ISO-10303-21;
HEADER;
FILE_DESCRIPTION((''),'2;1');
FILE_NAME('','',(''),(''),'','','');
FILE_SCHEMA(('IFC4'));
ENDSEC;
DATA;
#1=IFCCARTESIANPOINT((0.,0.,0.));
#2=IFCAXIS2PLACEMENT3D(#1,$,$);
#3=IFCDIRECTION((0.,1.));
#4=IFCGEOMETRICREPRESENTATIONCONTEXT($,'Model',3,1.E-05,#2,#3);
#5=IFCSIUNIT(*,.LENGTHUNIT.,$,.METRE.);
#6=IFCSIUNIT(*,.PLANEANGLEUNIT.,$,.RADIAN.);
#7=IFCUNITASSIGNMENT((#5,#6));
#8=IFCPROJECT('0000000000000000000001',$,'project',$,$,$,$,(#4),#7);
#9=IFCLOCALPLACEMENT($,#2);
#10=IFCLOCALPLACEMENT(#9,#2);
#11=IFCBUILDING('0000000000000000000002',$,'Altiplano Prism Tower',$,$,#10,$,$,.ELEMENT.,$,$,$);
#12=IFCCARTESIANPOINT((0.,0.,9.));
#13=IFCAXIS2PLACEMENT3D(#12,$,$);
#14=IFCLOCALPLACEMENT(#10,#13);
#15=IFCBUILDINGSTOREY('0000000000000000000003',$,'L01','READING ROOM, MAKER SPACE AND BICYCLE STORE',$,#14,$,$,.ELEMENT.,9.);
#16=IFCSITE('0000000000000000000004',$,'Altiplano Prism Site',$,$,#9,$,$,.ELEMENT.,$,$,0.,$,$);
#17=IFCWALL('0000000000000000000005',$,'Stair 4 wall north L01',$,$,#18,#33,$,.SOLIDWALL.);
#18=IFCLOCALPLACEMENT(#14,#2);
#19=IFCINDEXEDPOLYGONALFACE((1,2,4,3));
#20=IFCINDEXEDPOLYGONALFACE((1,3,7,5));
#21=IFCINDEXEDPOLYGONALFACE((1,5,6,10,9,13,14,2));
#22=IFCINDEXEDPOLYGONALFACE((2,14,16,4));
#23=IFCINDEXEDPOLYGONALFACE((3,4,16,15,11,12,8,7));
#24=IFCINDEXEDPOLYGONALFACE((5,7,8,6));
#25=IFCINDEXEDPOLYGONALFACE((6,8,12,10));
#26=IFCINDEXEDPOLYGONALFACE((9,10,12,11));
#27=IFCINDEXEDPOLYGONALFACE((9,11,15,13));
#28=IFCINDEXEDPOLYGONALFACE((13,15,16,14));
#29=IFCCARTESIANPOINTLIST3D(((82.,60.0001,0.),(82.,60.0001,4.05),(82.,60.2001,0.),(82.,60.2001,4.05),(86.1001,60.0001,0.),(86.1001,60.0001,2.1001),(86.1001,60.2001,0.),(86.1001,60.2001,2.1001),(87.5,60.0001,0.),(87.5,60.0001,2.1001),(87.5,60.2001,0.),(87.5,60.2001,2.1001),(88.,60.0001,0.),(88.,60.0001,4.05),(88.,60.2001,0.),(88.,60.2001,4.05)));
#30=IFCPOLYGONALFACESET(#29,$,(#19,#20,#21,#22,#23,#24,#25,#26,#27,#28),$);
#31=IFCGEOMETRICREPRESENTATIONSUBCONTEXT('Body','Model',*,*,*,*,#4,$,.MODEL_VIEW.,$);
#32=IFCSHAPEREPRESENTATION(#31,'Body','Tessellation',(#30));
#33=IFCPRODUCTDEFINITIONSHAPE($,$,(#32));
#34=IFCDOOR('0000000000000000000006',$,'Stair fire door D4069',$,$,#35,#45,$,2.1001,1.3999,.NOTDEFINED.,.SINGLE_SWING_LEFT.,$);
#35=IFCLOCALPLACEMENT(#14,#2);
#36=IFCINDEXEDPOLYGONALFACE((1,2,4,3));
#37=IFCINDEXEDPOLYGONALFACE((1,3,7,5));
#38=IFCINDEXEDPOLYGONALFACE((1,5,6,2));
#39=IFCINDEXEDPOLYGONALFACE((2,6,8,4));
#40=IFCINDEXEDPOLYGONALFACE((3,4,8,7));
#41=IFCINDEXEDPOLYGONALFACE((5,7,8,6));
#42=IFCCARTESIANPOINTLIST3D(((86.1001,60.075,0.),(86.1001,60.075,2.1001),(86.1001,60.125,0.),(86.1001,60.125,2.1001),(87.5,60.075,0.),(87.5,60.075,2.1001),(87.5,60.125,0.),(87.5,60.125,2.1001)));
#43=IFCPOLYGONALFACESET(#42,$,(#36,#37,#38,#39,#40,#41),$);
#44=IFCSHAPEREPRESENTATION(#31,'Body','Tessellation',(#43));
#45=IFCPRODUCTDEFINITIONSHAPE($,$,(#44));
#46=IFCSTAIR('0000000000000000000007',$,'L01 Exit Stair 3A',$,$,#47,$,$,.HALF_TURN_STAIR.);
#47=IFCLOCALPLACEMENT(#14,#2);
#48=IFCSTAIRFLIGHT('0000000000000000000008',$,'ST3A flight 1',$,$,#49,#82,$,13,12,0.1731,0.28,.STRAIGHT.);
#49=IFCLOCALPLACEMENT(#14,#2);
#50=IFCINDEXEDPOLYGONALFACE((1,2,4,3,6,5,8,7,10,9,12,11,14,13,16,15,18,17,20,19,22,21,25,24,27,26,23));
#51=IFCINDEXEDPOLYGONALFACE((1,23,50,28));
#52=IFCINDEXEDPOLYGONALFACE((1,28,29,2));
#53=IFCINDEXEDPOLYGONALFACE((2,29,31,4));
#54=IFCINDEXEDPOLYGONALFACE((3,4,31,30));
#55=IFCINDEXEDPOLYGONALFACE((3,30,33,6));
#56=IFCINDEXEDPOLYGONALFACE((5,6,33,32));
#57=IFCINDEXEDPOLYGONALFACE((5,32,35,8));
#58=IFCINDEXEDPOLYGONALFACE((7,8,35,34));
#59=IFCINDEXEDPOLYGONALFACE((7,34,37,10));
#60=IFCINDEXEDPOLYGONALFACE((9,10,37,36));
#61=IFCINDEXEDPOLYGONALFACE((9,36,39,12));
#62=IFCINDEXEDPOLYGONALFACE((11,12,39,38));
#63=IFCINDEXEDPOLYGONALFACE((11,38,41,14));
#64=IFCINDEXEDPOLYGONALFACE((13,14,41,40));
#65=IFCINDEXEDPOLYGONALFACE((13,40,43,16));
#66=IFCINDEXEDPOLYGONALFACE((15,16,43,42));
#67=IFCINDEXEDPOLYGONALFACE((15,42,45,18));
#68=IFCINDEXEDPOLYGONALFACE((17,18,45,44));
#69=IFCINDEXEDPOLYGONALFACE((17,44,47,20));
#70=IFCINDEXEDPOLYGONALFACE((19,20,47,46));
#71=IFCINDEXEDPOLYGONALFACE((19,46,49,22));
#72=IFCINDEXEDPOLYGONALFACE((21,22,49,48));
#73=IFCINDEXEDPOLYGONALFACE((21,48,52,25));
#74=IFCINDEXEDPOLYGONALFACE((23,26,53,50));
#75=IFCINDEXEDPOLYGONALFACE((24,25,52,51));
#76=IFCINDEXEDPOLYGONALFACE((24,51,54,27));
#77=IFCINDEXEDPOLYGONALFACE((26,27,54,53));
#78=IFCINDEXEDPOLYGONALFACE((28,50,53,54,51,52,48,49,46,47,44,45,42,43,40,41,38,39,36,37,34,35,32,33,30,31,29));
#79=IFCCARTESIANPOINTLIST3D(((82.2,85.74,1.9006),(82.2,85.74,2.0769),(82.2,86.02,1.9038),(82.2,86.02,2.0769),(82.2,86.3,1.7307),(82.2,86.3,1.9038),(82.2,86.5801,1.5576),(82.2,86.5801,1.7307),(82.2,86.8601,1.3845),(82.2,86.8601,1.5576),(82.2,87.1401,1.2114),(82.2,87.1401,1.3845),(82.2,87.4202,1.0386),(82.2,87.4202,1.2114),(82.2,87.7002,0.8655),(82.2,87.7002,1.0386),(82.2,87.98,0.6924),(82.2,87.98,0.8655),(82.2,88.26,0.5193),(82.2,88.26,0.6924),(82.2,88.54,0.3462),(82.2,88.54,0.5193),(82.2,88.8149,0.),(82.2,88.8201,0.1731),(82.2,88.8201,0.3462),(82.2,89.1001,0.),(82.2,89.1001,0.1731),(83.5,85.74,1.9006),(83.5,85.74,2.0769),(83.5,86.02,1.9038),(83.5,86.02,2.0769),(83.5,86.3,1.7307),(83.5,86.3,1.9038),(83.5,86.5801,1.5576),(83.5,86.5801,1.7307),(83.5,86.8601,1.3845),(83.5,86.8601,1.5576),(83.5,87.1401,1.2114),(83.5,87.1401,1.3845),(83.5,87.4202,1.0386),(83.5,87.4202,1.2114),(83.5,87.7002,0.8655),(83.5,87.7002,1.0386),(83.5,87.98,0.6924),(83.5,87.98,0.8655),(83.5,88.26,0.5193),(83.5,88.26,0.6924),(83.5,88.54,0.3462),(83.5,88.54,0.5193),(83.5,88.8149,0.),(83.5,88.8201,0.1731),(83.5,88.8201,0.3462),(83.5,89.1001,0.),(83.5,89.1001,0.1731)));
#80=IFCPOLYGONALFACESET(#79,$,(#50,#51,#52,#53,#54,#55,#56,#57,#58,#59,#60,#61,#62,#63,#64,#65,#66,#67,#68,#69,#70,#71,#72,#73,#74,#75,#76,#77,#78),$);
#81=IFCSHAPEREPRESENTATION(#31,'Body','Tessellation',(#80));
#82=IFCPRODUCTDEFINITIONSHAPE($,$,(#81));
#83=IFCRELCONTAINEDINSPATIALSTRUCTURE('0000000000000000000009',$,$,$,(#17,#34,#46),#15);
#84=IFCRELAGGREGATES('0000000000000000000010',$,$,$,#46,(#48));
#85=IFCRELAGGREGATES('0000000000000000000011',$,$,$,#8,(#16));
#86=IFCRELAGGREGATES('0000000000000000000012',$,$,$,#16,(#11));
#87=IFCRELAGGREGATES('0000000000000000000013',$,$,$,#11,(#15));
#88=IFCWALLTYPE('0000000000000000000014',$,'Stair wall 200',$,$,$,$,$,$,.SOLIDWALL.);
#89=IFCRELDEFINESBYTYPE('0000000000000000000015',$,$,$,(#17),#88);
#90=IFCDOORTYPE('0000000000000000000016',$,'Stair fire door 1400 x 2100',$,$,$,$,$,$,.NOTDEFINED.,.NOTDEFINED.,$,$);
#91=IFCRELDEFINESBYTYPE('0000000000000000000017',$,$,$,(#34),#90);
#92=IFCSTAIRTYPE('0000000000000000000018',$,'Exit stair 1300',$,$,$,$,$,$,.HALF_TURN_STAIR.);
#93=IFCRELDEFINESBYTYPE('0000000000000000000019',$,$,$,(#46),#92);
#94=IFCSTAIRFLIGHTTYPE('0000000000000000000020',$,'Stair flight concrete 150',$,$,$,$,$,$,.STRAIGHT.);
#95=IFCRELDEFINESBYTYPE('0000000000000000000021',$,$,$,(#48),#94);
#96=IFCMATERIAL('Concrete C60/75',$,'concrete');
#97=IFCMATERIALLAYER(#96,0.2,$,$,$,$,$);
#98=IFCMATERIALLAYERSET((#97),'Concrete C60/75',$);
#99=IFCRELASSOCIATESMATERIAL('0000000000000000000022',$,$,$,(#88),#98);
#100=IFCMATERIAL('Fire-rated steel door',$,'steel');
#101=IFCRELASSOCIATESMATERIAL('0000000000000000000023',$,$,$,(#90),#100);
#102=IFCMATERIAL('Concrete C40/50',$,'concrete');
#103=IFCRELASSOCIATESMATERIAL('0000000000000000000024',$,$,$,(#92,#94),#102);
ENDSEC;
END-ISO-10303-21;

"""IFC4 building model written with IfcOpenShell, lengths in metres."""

from ifc_helpers import new_model, si_unit, direction, frame, frame_2d, origin, place, context, subcontext, project, spatial, polyline, rectangle, outline, extrude, material, layer, layer_set, type_object, element, fill, aggregate, save


model = new_model("IFC4")

# Units and contexts
model_context = context("Model", 3, precision=1e-05, world=origin(), true_north=direction((0.0, 1.0)))
body_context = subcontext(model_context, "Body", "Model", "MODEL_VIEW")
ifc_project = project(units=[si_unit("LENGTHUNIT", "METRE"), si_unit("PLANEANGLEUNIT", "RADIAN")], contexts=[model_context])

# Site, building, storey
site_placement = place(None, origin())
site = spatial("IfcSite", under=ifc_project, at=site_placement, Name="Altiplano Prism Site", CompositionType="ELEMENT", RefElevation=0.0)
building_placement = place(site_placement, origin())
building = spatial("IfcBuilding", under=site, at=building_placement, Name="Altiplano Prism Tower", CompositionType="ELEMENT")
storey_placement = place(building_placement, frame((0.0, 0.0, 9.0)))
storey = spatial("IfcBuildingStorey", under=building, at=storey_placement, Name="L01", Description="READING ROOM, MAKER SPACE AND BICYCLE STORE", CompositionType="ELEMENT", Elevation=9.0)

# Shared definitions
ifc_material_1 = material(Name="Concrete C60/75", Category="concrete")

# Shared definitions
ifc_layer_1 = layer(ifc_material_1, 0.2)
ifc_layer_set_1 = layer_set([ifc_layer_1], Name="Concrete C60/75")
wall_type_1 = type_object("IfcWallType", Name="Stair wall 200", PredefinedType="SOLIDWALL", material=ifc_layer_set_1)

# Wall, opening, door
ifc_material_2 = material(Name="Fire-rated steel door", Category="steel")
wall_1_placement = place(storey_placement, frame((82.0, 60.1001, 0.0), z_axis=(0.0, 0.0, 1.0), x_axis=(1.0, 0.0, 0.0)))
wall_1 = element("IfcWall", 1, at=wall_1_placement, inside=storey, type_object=wall_type_1, Name="Stair 4 wall north L01", PredefinedType="SOLIDWALL", context=body_context, shape_type="SweptSolid", body=[
    extrude(rectangle(XDim=6.0, YDim=0.2, at=frame_2d((3.0, 0.0))), origin(), (0.0, 0.0, 1.0), 4.05),
])
opening_1_placement = place(wall_1_placement, frame((4.1001, 0.0, 0.0)))
opening_1 = element("IfcOpeningElement", 2, at=opening_1_placement, cuts=wall_1, PredefinedType="OPENING", context=body_context, shape_type="SweptSolid", body=[
    extrude(rectangle(XDim=1.3999, YDim=2.1001, at=frame_2d((0.7, 1.05))), frame((0.0, 0.1104, 0.0), z_axis=(0.0, -1.0, 0.0), x_axis=(1.0, 0.0, 0.0)), (0.0, 0.0, 1.0), 0.2209),
])
door_type_1 = type_object("IfcDoorType", Name="Stair fire door 1400 x 2100", OperationType="NOTDEFINED", PredefinedType="NOTDEFINED", material=ifc_material_2)
door_1_placement = place(opening_1_placement, origin())
door_1 = element("IfcDoor", 3, at=door_1_placement, inside=storey, type_object=door_type_1, Name="Stair fire door D4069", OperationType="SINGLE_SWING_LEFT", OverallHeight=2.1001, OverallWidth=1.3999, PredefinedType="NOTDEFINED", context=body_context, shape_type="SweptSolid", body=[
    extrude(rectangle(XDim=1.3999, YDim=2.1001, at=frame_2d((0.7, 1.05))), frame((0.0, 0.0249, 0.0), z_axis=(0.0, -1.0, 0.0), x_axis=(1.0, 0.0, 0.0)), (0.0, 0.0, 1.0), 0.05),
])
fill(opening_1, door_1)

# Stair, stair flight
ifc_material_3 = material(Name="Concrete C40/50", Category="concrete")
stair_type = type_object("IfcStairType", Name="Exit stair 1300", PredefinedType="HALF_TURN_STAIR", material=ifc_material_3)
stair_placement = place(storey_placement, origin())
stair = element("IfcStair", 4, at=stair_placement, inside=storey, type_object=stair_type, Name="L01 Exit Stair 3A", PredefinedType="HALF_TURN_STAIR")
stair_flight_type = type_object("IfcStairFlightType", Name="Stair flight concrete 150", PredefinedType="STRAIGHT", material=ifc_material_3)
stair_flight_placement = place(storey_placement, frame((82.8501, 89.1001, 0.0), z_axis=(0.0, 0.0, 1.0), x_axis=(0.0, -1.0, 0.0)))
stair_flight = element("IfcStairFlight", 5, at=stair_flight_placement, type_object=stair_flight_type, Name="ST3A flight 1", NumberOfRisers=13, NumberOfTreads=12, PredefinedType="STRAIGHT", RiserHeight=0.1731, TreadLength=0.28, context=body_context, shape_type="SweptSolid", body=[
    extrude(outline(polyline([(0.0, 0.0), (0.0, 0.1731), (0.28, 0.1731), (0.28, 0.3462), (0.5601, 0.3462), (0.5601, 0.5193), (0.8401, 0.5193), (0.8401, 0.6924), (1.1201, 0.6924), (1.1201, 0.8655), (1.3999, 0.8655), (1.3999, 1.0386), (1.6799, 1.0386), (1.6799, 1.2114), (1.96, 1.2114), (1.96, 1.3845), (2.24, 1.3845), (2.24, 1.5576), (2.52, 1.5576), (2.52, 1.7307), (2.8, 1.7307), (2.8, 1.9038), (3.0801, 1.9038), (3.0801, 2.0769), (3.3601, 2.0769), (3.3601, 2.25), (3.3601, 1.9006), (0.2852, 0.0), (0.0, 0.0)])), frame((0.0, 0.6499, 0.0), z_axis=(0.0, -1.0, 0.0), x_axis=(1.0, 0.0, 0.0)), (0.0, 0.0, 1.0), 1.3),
])
aggregate(stair, [stair_flight])

save(model, "model.ifc")
